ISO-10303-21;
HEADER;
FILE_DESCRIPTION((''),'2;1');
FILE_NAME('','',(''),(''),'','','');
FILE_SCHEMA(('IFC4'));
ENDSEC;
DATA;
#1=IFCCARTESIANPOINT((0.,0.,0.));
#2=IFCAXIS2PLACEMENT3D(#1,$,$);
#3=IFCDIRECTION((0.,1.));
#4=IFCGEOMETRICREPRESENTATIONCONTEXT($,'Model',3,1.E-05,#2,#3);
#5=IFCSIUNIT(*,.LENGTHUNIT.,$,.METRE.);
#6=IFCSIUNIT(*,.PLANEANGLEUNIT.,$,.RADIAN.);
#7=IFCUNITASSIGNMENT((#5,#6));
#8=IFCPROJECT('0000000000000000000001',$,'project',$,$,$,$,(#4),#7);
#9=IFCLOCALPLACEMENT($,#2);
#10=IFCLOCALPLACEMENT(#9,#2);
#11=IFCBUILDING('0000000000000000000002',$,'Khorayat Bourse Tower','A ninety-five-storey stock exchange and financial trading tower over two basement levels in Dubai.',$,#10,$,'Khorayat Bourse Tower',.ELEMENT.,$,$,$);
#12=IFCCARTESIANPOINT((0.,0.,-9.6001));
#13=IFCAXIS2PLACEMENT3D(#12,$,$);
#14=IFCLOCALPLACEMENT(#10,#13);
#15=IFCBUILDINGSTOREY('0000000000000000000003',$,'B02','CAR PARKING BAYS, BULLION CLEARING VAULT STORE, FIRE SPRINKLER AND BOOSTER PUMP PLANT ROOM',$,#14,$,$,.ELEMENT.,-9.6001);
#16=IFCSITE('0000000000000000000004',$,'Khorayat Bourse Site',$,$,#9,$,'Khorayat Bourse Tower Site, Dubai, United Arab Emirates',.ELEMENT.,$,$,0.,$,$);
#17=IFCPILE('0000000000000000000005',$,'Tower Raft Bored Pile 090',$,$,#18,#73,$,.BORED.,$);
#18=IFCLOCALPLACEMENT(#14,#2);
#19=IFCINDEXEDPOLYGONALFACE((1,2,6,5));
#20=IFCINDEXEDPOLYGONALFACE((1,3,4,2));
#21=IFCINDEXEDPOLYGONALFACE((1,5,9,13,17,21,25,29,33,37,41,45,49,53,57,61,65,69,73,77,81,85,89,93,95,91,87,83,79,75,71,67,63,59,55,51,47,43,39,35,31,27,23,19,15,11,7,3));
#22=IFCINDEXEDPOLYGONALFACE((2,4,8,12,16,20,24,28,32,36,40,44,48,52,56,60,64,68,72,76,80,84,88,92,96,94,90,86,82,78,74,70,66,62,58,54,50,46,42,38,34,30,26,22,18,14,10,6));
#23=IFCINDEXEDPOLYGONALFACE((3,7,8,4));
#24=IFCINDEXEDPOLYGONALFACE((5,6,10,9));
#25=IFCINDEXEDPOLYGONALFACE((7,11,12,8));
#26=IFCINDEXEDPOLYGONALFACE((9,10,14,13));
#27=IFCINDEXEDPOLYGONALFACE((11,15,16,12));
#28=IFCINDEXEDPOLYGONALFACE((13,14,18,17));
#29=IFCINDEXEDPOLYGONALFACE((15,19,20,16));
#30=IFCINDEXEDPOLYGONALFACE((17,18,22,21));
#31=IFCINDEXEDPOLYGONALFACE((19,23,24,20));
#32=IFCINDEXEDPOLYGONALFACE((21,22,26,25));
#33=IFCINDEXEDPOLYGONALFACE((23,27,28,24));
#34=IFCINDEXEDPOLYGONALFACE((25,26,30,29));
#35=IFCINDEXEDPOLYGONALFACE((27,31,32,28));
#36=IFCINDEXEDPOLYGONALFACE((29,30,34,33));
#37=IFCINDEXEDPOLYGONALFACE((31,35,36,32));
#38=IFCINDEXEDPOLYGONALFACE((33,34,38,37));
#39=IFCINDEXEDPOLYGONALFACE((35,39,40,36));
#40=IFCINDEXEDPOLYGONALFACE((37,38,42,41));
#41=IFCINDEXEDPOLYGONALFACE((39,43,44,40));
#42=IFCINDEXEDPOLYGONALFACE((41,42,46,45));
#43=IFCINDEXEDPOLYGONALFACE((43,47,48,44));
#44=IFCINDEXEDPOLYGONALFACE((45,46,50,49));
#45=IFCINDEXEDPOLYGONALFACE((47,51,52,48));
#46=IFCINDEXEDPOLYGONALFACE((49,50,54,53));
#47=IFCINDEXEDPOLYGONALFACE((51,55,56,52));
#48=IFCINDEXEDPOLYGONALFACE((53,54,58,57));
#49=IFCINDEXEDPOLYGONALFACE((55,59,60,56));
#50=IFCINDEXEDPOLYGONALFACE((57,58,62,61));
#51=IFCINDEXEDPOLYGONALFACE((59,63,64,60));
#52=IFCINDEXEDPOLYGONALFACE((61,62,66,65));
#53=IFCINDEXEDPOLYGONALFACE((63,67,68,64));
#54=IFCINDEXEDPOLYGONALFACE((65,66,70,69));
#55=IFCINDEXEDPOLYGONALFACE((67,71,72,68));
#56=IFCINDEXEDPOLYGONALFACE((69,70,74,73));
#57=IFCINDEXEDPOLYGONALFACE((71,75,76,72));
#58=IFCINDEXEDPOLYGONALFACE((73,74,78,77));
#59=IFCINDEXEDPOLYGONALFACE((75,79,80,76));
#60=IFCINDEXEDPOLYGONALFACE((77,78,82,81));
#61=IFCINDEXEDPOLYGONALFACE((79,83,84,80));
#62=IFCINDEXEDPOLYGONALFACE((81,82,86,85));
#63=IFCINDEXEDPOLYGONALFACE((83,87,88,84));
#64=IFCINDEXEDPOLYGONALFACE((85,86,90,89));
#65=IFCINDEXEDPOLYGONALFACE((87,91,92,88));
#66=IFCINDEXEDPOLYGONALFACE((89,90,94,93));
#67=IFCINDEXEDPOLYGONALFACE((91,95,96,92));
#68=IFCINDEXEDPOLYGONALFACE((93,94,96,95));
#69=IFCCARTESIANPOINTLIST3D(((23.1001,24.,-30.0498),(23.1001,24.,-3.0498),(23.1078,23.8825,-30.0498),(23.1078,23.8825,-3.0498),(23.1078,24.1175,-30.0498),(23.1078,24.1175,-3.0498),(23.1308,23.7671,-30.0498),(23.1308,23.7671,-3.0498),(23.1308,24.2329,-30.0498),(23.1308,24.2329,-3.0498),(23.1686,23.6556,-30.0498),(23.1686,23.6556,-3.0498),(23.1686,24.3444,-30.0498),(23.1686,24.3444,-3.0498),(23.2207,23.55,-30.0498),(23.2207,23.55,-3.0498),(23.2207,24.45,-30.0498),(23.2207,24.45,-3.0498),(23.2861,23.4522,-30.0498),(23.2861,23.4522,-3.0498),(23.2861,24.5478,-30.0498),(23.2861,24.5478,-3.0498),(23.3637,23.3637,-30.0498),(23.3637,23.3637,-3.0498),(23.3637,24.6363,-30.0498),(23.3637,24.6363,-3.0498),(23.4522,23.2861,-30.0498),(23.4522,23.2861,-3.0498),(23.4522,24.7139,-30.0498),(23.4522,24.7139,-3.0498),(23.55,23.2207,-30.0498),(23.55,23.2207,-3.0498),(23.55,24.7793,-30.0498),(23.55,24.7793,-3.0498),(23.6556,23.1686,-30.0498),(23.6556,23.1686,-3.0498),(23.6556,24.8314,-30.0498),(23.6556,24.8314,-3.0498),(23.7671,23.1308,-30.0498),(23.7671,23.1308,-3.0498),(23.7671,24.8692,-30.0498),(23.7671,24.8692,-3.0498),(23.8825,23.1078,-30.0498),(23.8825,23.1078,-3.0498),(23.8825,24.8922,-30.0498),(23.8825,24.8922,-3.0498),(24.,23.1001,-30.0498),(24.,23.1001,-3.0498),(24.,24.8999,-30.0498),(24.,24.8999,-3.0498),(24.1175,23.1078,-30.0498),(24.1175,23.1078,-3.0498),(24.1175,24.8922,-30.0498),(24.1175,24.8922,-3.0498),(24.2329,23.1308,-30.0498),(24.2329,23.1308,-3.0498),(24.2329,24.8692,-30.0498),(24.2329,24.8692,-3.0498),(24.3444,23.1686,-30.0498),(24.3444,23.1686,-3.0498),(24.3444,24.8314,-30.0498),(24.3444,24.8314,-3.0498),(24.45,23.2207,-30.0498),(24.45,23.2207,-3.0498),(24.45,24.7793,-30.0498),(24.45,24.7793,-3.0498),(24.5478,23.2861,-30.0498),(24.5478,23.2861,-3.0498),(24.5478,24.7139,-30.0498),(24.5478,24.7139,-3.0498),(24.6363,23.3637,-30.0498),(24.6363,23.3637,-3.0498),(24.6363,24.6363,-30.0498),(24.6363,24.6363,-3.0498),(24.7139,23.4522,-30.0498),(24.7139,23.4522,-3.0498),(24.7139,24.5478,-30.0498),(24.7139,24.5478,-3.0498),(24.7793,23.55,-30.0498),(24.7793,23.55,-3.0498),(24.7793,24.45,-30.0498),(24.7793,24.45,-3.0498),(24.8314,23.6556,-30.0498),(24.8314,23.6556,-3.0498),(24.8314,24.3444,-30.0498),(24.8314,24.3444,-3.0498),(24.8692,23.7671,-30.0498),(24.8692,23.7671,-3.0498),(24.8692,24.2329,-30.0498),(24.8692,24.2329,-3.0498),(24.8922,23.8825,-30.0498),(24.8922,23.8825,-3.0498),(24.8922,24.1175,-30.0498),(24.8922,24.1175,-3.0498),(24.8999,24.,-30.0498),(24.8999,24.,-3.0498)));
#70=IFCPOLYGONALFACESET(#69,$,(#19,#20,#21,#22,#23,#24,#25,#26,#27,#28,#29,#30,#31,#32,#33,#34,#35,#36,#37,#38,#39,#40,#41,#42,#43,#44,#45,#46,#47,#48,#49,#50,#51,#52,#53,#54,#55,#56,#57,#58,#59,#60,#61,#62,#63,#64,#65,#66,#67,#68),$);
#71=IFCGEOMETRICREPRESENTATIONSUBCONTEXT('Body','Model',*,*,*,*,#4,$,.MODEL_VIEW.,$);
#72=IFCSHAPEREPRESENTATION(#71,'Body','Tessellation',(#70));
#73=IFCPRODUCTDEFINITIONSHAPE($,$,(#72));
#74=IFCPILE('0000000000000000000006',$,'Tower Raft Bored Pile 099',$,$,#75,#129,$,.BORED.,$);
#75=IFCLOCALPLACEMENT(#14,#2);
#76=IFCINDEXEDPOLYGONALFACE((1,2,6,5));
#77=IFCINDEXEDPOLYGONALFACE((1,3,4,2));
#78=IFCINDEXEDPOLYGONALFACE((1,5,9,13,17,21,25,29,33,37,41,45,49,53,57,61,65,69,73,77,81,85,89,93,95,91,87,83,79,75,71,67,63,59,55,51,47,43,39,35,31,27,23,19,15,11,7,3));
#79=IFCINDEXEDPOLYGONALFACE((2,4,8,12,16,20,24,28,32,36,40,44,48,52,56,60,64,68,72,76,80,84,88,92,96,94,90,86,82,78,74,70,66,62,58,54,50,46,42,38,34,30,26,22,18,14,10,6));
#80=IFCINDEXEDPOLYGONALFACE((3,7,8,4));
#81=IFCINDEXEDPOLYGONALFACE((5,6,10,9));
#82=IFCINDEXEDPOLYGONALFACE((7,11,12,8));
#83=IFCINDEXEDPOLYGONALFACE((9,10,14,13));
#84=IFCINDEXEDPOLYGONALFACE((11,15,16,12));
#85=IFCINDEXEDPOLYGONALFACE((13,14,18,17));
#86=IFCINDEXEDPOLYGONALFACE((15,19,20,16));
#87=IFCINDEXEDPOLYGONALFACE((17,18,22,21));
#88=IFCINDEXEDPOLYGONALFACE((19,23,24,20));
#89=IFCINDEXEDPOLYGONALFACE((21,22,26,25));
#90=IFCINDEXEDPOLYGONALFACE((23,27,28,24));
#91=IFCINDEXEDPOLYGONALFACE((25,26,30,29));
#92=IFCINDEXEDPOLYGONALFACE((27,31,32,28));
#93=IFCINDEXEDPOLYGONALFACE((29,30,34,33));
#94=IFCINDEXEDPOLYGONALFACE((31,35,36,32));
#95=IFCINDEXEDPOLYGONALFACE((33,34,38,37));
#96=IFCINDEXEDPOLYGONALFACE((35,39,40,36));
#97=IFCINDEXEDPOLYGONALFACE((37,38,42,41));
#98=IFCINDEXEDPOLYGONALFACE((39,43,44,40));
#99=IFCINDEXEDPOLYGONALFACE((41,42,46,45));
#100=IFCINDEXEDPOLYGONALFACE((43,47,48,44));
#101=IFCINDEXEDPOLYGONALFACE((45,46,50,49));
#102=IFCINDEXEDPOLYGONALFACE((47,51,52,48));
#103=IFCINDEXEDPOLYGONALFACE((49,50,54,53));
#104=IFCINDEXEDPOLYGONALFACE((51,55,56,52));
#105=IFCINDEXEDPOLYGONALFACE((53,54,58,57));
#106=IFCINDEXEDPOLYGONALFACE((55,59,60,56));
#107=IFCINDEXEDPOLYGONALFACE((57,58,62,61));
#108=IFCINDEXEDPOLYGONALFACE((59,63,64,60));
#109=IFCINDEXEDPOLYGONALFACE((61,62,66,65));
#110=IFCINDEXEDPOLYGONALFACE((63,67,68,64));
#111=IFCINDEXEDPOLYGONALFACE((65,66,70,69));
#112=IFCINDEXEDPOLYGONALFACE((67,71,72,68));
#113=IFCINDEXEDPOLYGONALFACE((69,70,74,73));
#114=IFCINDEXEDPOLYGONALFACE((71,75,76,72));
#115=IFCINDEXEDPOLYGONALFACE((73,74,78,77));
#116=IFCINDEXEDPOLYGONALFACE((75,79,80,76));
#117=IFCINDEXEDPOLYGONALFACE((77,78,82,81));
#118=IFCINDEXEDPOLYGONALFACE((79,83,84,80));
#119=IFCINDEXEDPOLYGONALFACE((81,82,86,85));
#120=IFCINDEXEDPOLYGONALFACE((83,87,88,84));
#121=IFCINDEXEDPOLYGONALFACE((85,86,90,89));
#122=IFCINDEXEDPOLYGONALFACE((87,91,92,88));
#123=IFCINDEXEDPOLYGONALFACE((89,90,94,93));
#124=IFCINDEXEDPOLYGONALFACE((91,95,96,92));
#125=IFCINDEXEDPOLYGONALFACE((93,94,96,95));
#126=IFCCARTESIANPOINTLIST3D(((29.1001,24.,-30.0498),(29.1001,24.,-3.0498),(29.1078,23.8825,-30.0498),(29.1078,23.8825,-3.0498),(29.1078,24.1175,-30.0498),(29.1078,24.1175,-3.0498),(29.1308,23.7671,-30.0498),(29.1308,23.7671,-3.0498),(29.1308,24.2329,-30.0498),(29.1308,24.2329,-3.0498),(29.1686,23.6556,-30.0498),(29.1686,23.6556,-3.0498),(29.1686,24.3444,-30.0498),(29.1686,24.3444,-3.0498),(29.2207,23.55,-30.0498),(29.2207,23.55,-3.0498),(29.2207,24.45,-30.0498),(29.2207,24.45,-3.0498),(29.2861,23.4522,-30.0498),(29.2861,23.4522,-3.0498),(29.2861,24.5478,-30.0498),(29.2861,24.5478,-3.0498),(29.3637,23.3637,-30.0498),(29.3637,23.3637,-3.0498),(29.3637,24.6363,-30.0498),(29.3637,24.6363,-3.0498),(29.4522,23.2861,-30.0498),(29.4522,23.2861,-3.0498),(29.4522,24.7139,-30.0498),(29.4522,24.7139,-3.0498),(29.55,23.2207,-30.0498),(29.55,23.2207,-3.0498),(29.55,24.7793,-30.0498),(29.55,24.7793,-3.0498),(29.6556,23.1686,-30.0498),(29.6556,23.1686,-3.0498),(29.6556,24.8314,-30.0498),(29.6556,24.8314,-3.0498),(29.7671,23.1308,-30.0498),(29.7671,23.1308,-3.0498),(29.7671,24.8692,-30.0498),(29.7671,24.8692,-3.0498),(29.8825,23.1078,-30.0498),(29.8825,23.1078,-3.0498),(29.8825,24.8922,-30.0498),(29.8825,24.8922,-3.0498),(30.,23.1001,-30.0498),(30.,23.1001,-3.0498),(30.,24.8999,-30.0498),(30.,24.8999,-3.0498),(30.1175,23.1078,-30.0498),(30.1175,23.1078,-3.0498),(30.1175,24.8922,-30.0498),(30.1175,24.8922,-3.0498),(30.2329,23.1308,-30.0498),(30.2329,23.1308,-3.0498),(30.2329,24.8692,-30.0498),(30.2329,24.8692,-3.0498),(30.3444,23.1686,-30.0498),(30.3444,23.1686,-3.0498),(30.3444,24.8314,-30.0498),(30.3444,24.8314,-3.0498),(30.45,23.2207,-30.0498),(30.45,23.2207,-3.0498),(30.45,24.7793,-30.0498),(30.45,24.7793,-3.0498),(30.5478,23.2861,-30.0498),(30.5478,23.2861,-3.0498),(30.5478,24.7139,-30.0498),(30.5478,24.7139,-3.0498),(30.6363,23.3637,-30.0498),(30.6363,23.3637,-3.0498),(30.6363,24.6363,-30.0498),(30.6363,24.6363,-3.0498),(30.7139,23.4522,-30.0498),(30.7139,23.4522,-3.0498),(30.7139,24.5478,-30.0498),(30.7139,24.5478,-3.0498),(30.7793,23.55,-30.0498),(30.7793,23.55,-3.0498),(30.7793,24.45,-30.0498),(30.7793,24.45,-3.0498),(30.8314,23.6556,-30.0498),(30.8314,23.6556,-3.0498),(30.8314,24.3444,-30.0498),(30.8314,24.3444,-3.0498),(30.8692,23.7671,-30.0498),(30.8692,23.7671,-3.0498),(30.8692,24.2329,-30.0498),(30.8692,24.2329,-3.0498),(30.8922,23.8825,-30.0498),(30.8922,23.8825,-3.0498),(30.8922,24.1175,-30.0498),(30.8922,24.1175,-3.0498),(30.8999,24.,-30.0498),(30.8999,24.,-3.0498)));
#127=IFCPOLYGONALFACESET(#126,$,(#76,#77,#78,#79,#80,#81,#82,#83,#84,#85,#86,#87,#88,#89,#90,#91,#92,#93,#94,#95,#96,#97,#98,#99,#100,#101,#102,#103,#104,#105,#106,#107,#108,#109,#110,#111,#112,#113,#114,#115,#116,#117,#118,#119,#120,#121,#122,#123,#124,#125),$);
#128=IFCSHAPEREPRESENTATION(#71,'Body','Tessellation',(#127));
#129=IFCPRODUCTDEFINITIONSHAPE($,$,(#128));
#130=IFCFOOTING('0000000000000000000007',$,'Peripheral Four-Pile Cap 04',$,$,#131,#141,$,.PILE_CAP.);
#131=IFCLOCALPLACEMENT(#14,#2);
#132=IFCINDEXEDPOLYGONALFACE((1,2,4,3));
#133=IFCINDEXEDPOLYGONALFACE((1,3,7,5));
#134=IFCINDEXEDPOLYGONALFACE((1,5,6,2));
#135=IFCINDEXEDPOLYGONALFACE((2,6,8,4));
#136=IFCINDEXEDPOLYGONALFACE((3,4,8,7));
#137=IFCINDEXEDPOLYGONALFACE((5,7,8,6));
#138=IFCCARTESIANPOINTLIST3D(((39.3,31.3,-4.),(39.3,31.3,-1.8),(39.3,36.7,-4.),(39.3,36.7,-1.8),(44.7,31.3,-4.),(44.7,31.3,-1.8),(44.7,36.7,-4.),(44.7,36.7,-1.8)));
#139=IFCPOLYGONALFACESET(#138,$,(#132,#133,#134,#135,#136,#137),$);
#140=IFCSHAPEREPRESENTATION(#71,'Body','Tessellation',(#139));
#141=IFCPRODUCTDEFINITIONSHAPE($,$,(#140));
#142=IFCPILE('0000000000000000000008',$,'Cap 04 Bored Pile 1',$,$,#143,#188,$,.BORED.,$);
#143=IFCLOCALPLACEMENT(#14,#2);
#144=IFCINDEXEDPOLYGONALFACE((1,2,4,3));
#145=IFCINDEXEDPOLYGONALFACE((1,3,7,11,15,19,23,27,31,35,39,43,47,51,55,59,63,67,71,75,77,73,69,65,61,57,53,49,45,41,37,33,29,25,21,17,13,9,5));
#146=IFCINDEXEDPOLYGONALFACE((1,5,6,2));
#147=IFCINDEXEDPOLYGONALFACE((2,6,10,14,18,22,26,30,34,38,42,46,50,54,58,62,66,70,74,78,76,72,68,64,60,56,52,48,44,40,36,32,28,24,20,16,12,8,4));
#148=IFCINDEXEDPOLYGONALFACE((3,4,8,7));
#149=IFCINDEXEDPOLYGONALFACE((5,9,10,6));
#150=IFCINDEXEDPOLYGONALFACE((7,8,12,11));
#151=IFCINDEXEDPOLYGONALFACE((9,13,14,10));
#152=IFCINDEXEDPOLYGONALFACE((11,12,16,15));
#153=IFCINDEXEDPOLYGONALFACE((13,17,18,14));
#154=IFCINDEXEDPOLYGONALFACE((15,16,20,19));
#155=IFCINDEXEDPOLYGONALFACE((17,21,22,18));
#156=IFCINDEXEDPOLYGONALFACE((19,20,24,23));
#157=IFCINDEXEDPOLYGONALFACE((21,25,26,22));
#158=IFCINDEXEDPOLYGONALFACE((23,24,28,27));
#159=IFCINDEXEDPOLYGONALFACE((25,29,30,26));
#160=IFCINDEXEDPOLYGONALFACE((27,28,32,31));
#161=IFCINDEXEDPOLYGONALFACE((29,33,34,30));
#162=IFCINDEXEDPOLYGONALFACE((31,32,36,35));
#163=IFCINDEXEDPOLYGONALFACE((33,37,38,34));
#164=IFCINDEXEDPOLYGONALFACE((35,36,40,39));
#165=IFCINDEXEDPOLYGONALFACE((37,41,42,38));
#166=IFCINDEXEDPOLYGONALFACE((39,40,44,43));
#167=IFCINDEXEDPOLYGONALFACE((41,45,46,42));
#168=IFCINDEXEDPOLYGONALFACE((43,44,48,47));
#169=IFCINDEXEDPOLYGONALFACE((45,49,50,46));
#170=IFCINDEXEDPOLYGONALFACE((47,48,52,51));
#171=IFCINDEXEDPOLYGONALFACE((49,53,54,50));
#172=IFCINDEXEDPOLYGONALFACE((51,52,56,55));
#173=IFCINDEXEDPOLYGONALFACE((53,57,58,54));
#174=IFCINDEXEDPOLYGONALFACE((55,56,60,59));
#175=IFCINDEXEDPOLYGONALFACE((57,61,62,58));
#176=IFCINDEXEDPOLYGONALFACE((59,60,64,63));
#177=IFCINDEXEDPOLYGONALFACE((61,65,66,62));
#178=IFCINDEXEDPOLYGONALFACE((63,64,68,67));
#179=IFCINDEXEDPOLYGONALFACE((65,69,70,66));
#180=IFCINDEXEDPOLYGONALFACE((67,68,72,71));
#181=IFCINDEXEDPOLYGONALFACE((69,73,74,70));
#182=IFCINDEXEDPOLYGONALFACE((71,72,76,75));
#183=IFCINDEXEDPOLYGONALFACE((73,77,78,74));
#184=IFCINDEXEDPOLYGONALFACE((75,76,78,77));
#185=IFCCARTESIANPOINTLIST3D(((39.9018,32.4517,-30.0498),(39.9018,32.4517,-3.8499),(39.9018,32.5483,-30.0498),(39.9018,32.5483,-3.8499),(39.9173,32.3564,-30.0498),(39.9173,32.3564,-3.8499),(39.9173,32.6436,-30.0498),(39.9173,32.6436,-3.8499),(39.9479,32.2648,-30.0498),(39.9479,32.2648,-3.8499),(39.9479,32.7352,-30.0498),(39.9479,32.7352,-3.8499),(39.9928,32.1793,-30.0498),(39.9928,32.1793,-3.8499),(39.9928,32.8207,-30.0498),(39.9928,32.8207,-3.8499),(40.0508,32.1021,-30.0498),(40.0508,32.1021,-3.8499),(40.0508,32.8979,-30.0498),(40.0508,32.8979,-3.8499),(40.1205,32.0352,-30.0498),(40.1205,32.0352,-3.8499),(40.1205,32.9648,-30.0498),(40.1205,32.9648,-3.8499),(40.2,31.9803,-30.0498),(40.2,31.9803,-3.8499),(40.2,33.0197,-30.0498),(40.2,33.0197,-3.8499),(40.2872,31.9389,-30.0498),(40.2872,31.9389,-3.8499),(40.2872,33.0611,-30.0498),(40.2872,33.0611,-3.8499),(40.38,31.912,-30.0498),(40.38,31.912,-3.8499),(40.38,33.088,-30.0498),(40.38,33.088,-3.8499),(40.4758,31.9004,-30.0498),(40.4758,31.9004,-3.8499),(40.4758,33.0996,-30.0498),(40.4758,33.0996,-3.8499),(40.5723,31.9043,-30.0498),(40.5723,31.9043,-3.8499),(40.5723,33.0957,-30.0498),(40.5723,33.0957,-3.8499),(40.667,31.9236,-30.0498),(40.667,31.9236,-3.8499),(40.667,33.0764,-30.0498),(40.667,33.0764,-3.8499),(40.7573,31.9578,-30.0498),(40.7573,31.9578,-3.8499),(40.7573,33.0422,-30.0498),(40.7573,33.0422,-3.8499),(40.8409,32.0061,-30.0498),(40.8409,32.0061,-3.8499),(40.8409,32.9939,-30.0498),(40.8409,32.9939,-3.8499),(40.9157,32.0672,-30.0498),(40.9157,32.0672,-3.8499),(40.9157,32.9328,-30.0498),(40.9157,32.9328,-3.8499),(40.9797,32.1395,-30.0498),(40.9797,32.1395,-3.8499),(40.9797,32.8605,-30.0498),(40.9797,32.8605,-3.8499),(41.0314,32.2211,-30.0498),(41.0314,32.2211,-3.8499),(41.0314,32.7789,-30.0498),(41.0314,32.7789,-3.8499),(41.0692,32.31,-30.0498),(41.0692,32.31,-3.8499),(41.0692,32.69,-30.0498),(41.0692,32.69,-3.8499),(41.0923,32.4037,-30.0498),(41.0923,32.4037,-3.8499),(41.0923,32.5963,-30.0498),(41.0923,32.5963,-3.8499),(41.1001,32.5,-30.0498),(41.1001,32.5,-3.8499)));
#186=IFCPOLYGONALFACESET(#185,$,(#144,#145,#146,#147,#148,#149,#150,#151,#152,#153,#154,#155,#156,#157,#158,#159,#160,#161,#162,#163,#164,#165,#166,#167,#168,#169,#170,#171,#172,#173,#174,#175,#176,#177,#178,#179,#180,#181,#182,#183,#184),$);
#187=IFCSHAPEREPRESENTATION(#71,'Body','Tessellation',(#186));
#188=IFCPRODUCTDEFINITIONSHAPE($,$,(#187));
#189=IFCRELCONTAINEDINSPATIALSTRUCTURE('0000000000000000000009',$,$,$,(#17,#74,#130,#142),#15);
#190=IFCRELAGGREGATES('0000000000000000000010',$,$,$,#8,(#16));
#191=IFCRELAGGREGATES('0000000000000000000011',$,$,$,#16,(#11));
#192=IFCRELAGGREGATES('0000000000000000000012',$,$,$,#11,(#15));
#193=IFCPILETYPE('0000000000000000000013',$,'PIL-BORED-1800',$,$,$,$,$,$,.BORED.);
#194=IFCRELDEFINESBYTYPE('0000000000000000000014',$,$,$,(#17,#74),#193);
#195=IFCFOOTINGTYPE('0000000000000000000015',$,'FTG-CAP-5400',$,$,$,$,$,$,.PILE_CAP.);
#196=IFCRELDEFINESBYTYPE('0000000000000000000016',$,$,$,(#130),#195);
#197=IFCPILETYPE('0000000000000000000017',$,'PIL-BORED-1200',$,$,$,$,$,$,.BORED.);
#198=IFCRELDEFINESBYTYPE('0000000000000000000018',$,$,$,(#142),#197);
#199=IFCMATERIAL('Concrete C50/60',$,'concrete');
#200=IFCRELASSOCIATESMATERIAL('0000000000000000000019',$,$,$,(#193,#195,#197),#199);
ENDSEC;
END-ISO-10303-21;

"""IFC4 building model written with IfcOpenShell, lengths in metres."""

from ifc_helpers import new_model, si_unit, direction, frame, origin, origin_2d, place, context, subcontext, project, spatial, rectangle, circle, extrude, source, transform, mapped, material, material_profile, profile_set, type_object, element, save


model = new_model("IFC4")

# Units and contexts
model_context = context("Model", 3, precision=1e-05, world=origin(), true_north=direction((0.0, 1.0)))
body_context = subcontext(model_context, "Body", "Model", "MODEL_VIEW")
ifc_project = project(units=[si_unit("LENGTHUNIT", "METRE"), si_unit("PLANEANGLEUNIT", "RADIAN")], contexts=[model_context])

# Site, building, storey
site_placement = place(None, origin())
site = spatial("IfcSite", under=ifc_project, at=site_placement, Name="Khorayat Bourse Site", LongName="Khorayat Bourse Tower Site, Dubai, United Arab Emirates", CompositionType="ELEMENT", RefElevation=0.0)
building_placement = place(site_placement, origin())
building = spatial("IfcBuilding", under=site, at=building_placement, Name="Khorayat Bourse Tower", Description="A ninety-five-storey stock exchange and financial trading tower over two basement levels in Dubai.", LongName="Khorayat Bourse Tower", CompositionType="ELEMENT")
storey_placement = place(building_placement, frame((0.0, 0.0, -9.6001)))
storey = spatial("IfcBuildingStorey", under=building, at=storey_placement, Name="B02", Description="CAR PARKING BAYS, BULLION CLEARING VAULT STORE, FIRE SPRINKLER AND BOOSTER PUMP PLANT ROOM", CompositionType="ELEMENT", Elevation=-9.6001)

# Piles
ifc_material_1 = material(Name="Concrete C50/60", Category="concrete")
ifc_material_profile_1 = material_profile(ifc_material_1, circle(Radius=0.8999, at=origin_2d()), Name="BORED PILE D1800")
ifc_profile_set_1 = profile_set([ifc_material_profile_1], Name="Concrete C50/60")
pile_type_1 = type_object("IfcPileType", Name="PIL-BORED-1800", PredefinedType="BORED", material=ifc_profile_set_1)
shared_shape_1 = source(origin(), body_context, "Body", "SweptSolid", [
    extrude(circle(Radius=0.8999, at=origin_2d()), origin(), (0.0, 0.0, 1.0), 27.0),
])
for number, where, z_axis, x_axis, name in (
    (1, (24.0, 24.0, -3.0498), (0.0, 0.0, -1.0), (1.0, 0.0, 0.0), "Tower Raft Bored Pile 090"),
    (2, (30.0, 24.0, -3.0498), (0.0, 0.0, -1.0), (1.0, 0.0, 0.0), "Tower Raft Bored Pile 099"),
):
    element("IfcPile", number, at=place(storey_placement, frame(where, z_axis=z_axis, x_axis=x_axis)), inside=storey, type_object=pile_type_1, Name=name, PredefinedType="BORED", context=body_context, shape_type="MappedRepresentation", body=[
        mapped(shared_shape_1, transform((0.0, 0.0, 0.0), scale=1.0)),
    ])

# Footing
footing_type_1 = type_object("IfcFootingType", Name="FTG-CAP-5400", PredefinedType="PILE_CAP", material=ifc_material_1)
shared_shape_2 = source(origin(), body_context, "Body", "SweptSolid", [
    extrude(rectangle(XDim=5.3999, YDim=5.3999, at=origin_2d()), origin(), (0.0, 0.0, 1.0), 2.2),
])
footing_1_placement = place(storey_placement, frame((42.0, 34.0, -4.0), z_axis=(0.0, 0.0, 1.0), x_axis=(1.0, 0.0, 0.0)))
element("IfcFooting", 3, at=footing_1_placement, inside=storey, type_object=footing_type_1, Name="Peripheral Four-Pile Cap 04", PredefinedType="PILE_CAP", context=body_context, shape_type="MappedRepresentation", body=[
    mapped(shared_shape_2, transform((0.0, 0.0, 0.0), scale=1.0)),
])

# Pile
ifc_material_profile_2 = material_profile(ifc_material_1, circle(Radius=0.6001, at=origin_2d()), Name="BORED PILE D1200")
ifc_profile_set_2 = profile_set([ifc_material_profile_2], Name="Concrete C50/60")
pile_type_2 = type_object("IfcPileType", Name="PIL-BORED-1200", PredefinedType="BORED", material=ifc_profile_set_2)
shared_shape_3 = source(origin(), body_context, "Body", "SweptSolid", [
    extrude(circle(Radius=0.6001, at=origin_2d()), origin(), (0.0, 0.0, 1.0), 26.2),
])
for number, where, z_axis, x_axis, name in (
    (4, (40.5, 32.5, -3.8499), (0.0, 0.0, -1.0), (1.0, 0.0, 0.0), "Cap 04 Bored Pile 1"),
):
    element("IfcPile", number, at=place(storey_placement, frame(where, z_axis=z_axis, x_axis=x_axis)), inside=storey, type_object=pile_type_2, Name=name, PredefinedType="BORED", context=body_context, shape_type="MappedRepresentation", body=[
        mapped(shared_shape_3, transform((0.0, 0.0, 0.0), scale=1.0)),
    ])

save(model, "model.ifc")
